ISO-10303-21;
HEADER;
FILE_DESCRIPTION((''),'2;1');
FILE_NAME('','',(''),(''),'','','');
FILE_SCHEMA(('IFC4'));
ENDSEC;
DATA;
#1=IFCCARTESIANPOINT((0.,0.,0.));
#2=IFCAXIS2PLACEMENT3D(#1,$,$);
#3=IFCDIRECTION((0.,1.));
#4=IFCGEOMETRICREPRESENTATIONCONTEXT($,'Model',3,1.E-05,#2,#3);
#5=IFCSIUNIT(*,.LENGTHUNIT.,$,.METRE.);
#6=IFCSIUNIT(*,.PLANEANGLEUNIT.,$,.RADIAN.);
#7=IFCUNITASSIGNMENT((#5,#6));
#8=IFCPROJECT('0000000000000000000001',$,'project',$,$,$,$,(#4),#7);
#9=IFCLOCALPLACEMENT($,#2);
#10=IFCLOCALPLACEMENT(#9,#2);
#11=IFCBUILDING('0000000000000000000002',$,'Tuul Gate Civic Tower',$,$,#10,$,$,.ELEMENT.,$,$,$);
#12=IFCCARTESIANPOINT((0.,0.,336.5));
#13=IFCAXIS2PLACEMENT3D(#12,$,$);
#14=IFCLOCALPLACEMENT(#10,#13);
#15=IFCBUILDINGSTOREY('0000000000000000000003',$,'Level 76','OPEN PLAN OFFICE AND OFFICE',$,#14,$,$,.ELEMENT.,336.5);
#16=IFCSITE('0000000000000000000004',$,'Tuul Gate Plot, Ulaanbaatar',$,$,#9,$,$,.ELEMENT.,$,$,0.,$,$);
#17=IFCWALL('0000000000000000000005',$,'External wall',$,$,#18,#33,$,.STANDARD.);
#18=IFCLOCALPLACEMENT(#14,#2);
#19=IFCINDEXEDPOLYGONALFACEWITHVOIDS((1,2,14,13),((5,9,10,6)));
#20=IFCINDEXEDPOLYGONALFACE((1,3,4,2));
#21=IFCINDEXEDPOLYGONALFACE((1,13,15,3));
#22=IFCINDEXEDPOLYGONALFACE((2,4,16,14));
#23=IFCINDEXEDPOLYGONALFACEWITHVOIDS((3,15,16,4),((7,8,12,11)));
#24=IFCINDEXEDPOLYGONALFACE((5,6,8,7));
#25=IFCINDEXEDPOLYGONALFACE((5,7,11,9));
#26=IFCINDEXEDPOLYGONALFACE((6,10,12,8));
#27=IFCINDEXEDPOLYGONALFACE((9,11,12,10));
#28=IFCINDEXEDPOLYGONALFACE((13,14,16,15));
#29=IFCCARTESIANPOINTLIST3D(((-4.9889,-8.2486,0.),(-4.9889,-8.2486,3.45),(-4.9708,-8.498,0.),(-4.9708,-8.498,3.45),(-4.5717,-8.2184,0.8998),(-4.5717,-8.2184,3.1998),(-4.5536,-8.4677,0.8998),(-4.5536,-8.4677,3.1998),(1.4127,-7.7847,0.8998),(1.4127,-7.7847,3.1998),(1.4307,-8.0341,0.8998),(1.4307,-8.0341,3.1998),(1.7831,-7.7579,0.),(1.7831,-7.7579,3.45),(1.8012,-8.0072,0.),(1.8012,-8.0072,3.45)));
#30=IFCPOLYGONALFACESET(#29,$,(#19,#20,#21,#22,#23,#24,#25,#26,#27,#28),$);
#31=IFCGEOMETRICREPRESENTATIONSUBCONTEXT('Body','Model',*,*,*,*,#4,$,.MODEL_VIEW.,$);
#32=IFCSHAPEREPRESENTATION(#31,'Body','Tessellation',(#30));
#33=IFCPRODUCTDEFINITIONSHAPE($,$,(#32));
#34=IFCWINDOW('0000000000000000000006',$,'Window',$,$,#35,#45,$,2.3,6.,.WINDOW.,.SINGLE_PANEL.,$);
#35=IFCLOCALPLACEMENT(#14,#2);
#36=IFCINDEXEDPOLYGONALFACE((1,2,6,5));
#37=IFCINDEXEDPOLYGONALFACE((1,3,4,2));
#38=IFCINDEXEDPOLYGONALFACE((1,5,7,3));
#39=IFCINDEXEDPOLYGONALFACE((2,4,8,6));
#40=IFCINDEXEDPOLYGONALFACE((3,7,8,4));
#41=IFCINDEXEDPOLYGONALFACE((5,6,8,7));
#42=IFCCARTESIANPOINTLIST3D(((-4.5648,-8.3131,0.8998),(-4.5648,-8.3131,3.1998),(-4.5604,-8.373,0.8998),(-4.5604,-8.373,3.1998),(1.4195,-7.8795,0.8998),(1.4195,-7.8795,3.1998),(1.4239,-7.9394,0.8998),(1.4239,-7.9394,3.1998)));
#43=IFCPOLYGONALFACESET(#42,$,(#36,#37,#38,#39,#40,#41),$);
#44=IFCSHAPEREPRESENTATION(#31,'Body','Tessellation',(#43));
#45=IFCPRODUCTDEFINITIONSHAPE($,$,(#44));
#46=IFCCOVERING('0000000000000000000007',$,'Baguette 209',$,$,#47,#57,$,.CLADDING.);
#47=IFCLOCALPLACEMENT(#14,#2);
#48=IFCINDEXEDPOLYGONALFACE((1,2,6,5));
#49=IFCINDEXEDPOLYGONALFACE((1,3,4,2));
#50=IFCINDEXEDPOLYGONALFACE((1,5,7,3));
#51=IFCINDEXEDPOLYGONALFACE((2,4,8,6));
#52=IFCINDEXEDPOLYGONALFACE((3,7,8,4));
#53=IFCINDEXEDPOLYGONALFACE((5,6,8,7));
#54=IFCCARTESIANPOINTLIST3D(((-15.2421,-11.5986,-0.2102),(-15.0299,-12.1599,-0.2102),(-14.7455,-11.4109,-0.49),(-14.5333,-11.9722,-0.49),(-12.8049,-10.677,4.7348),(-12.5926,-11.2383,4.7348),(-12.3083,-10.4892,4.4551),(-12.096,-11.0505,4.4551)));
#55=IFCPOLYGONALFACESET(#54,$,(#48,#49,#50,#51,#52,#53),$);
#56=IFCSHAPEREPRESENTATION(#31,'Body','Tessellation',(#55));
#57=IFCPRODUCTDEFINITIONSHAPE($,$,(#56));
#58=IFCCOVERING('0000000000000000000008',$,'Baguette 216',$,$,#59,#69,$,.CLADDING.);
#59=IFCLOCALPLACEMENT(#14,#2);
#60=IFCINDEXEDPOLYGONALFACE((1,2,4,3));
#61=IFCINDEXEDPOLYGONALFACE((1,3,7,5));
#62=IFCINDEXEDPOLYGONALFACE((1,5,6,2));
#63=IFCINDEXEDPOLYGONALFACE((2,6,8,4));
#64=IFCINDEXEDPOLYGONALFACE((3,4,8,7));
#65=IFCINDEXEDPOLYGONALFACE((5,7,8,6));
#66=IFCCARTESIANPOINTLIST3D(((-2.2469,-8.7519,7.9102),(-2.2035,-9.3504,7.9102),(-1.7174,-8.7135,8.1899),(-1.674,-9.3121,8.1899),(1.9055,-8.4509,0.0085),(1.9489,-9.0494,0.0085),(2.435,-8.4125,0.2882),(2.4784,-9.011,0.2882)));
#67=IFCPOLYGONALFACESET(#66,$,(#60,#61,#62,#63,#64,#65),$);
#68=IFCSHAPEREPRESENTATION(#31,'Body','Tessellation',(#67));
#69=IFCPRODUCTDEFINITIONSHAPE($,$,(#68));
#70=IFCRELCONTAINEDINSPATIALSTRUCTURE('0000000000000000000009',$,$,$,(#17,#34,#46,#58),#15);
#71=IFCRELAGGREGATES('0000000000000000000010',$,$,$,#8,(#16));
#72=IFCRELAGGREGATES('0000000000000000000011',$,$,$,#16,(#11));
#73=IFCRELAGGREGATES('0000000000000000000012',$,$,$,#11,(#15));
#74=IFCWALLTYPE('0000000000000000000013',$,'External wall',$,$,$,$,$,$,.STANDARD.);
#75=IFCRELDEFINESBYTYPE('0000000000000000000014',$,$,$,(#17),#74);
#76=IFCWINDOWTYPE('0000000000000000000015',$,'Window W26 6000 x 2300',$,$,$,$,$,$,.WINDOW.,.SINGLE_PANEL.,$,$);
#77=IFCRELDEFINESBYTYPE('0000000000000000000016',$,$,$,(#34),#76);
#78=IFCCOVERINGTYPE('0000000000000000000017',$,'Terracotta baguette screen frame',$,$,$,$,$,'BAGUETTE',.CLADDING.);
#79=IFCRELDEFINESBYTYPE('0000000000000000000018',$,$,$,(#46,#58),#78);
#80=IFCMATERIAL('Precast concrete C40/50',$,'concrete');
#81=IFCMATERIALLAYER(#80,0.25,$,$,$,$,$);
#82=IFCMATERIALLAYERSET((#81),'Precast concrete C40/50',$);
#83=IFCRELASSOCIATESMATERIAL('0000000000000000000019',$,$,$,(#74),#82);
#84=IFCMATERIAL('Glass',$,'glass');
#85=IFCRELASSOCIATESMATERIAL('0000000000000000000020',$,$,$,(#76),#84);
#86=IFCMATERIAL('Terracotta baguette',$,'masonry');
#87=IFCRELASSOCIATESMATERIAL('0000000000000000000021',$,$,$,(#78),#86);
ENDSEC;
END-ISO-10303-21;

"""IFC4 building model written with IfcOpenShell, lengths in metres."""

from ifc_helpers import new_model, si_unit, direction, frame, frame_2d, origin, origin_2d, place, context, subcontext, project, spatial, rectangle, extrude, material, layer, layer_set, material_profile, profile_set, type_object, element, fill, save


model = new_model("IFC4")

# Units and contexts
model_context = context("Model", 3, precision=1e-05, world=origin(), true_north=direction((0.0, 1.0)))
body_context = subcontext(model_context, "Body", "Model", "MODEL_VIEW")
ifc_project = project(units=[si_unit("LENGTHUNIT", "METRE"), si_unit("PLANEANGLEUNIT", "RADIAN")], contexts=[model_context])

# Site, building, storey
site_placement = place(None, origin())
site = spatial("IfcSite", under=ifc_project, at=site_placement, Name="Tuul Gate Plot, Ulaanbaatar", CompositionType="ELEMENT", RefElevation=0.0)
building_placement = place(site_placement, origin())
building = spatial("IfcBuilding", under=site, at=building_placement, Name="Tuul Gate Civic Tower", CompositionType="ELEMENT")
storey_placement = place(building_placement, frame((0.0, 0.0, 336.5)))
storey = spatial("IfcBuildingStorey", under=building, at=storey_placement, Name="Level 76", Description="OPEN PLAN OFFICE AND OFFICE", CompositionType="ELEMENT", Elevation=336.5)

# Wall, opening, window
ifc_material_1 = material(Name="Precast concrete C40/50", Category="concrete")
ifc_layer_1 = layer(ifc_material_1, 0.25)
ifc_layer_set_1 = layer_set([ifc_layer_1], Name="Precast concrete C40/50")
wall_type_1 = type_object("IfcWallType", Name="External wall", PredefinedType="STANDARD", material=ifc_layer_set_1)
ifc_material_2 = material(Name="Glass", Category="glass")
window_type = type_object("IfcWindowType", Name="Window W26 6000 x 2300", PartitioningType="SINGLE_PANEL", PredefinedType="WINDOW", material=ifc_material_2)
wall_1_placement = place(storey_placement, frame((-4.98, -8.3733, 0.0), z_axis=(0.0, 0.0, 1.0), x_axis=(0.997385, 0.072274, 0.0)))
wall_1 = element("IfcWall", 1, at=wall_1_placement, inside=storey, type_object=wall_type_1, Name="External wall", PredefinedType="STANDARD", context=body_context, shape_type="SweptSolid", body=[
    extrude(rectangle(XDim=6.7898, YDim=0.25, at=frame_2d((3.395, 0.0))), origin(), (0.0, 0.0, 1.0), 3.45),
])
opening_1_placement = place(wall_1_placement, frame((0.4185, 0.0, 0.8999)))
opening_1 = element("IfcOpeningElement", 2, at=opening_1_placement, cuts=wall_1, PredefinedType="OPENING", context=body_context, shape_type="SweptSolid", body=[
    extrude(rectangle(XDim=6.0, YDim=2.3, at=frame_2d((3.0, 1.1499))), frame((0.0, 0.135, 0.0), z_axis=(0.0, -1.0, 0.0), x_axis=(1.0, 0.0, 0.0)), (0.0, 0.0, 1.0), 0.27),
])
window_1_placement = place(opening_1_placement, origin())
window_1 = element("IfcWindow", 3, at=window_1_placement, inside=storey, type_object=window_type, Name="Window", OverallHeight=2.3, OverallWidth=6.0, PartitioningType="SINGLE_PANEL", PredefinedType="WINDOW", context=body_context, shape_type="SweptSolid", body=[
    extrude(rectangle(XDim=6.0, YDim=2.3, at=frame_2d((3.0, 1.1499))), frame((0.0, 0.03, 0.0), z_axis=(0.0, -1.0, 0.0), x_axis=(1.0, 0.0, 0.0)), (0.0, 0.0, 1.0), 0.0601),
])
fill(opening_1, window_1)

# Coverings
ifc_material_3 = material(Name="Terracotta baguette", Category="masonry")
ifc_material_profile_1 = material_profile(ifc_material_3, rectangle(XDim=0.6001, YDim=0.6001, at=origin_2d()), Name="Terracotta baguette screen frame")
ifc_profile_set_1 = profile_set([ifc_material_profile_1], Name="Terracotta baguette")
covering_type = type_object("IfcCoveringType", Name="Terracotta baguette screen frame", ElementType="BAGUETTE", PredefinedType="CLADDING", material=ifc_profile_set_1)
covering_1_placement = place(storey_placement, frame((-12.4504, -10.8638, 4.595), z_axis=(-0.436036, -0.164884, -0.884695), x_axis=(0.353699, -0.935359, 0.0)))
element("IfcCovering", 4, at=covering_1_placement, inside=storey, type_object=covering_type, Name="Baguette 209", PredefinedType="CLADDING", context=body_context, shape_type="SweptSolid", body=[
    extrude(rectangle(XDim=0.6001, YDim=0.6001, at=origin_2d()), origin(), (0.0, 0.0, 1.0), 5.5896),
])
covering_2_placement = place(storey_placement, frame((-1.9604, -9.032, 8.05), z_axis=(0.464921, 0.033705, -0.884711), x_axis=(-0.072306, 0.997383, 0.0)))
element("IfcCovering", 5, at=covering_2_placement, inside=storey, type_object=covering_type, Name="Baguette 216", PredefinedType="CLADDING", context=body_context, shape_type="SweptSolid", body=[
    extrude(rectangle(XDim=0.6001, YDim=0.6001, at=origin_2d()), origin(), (0.0, 0.0, 1.0), 8.9314),
])

save(model, "model.ifc")
